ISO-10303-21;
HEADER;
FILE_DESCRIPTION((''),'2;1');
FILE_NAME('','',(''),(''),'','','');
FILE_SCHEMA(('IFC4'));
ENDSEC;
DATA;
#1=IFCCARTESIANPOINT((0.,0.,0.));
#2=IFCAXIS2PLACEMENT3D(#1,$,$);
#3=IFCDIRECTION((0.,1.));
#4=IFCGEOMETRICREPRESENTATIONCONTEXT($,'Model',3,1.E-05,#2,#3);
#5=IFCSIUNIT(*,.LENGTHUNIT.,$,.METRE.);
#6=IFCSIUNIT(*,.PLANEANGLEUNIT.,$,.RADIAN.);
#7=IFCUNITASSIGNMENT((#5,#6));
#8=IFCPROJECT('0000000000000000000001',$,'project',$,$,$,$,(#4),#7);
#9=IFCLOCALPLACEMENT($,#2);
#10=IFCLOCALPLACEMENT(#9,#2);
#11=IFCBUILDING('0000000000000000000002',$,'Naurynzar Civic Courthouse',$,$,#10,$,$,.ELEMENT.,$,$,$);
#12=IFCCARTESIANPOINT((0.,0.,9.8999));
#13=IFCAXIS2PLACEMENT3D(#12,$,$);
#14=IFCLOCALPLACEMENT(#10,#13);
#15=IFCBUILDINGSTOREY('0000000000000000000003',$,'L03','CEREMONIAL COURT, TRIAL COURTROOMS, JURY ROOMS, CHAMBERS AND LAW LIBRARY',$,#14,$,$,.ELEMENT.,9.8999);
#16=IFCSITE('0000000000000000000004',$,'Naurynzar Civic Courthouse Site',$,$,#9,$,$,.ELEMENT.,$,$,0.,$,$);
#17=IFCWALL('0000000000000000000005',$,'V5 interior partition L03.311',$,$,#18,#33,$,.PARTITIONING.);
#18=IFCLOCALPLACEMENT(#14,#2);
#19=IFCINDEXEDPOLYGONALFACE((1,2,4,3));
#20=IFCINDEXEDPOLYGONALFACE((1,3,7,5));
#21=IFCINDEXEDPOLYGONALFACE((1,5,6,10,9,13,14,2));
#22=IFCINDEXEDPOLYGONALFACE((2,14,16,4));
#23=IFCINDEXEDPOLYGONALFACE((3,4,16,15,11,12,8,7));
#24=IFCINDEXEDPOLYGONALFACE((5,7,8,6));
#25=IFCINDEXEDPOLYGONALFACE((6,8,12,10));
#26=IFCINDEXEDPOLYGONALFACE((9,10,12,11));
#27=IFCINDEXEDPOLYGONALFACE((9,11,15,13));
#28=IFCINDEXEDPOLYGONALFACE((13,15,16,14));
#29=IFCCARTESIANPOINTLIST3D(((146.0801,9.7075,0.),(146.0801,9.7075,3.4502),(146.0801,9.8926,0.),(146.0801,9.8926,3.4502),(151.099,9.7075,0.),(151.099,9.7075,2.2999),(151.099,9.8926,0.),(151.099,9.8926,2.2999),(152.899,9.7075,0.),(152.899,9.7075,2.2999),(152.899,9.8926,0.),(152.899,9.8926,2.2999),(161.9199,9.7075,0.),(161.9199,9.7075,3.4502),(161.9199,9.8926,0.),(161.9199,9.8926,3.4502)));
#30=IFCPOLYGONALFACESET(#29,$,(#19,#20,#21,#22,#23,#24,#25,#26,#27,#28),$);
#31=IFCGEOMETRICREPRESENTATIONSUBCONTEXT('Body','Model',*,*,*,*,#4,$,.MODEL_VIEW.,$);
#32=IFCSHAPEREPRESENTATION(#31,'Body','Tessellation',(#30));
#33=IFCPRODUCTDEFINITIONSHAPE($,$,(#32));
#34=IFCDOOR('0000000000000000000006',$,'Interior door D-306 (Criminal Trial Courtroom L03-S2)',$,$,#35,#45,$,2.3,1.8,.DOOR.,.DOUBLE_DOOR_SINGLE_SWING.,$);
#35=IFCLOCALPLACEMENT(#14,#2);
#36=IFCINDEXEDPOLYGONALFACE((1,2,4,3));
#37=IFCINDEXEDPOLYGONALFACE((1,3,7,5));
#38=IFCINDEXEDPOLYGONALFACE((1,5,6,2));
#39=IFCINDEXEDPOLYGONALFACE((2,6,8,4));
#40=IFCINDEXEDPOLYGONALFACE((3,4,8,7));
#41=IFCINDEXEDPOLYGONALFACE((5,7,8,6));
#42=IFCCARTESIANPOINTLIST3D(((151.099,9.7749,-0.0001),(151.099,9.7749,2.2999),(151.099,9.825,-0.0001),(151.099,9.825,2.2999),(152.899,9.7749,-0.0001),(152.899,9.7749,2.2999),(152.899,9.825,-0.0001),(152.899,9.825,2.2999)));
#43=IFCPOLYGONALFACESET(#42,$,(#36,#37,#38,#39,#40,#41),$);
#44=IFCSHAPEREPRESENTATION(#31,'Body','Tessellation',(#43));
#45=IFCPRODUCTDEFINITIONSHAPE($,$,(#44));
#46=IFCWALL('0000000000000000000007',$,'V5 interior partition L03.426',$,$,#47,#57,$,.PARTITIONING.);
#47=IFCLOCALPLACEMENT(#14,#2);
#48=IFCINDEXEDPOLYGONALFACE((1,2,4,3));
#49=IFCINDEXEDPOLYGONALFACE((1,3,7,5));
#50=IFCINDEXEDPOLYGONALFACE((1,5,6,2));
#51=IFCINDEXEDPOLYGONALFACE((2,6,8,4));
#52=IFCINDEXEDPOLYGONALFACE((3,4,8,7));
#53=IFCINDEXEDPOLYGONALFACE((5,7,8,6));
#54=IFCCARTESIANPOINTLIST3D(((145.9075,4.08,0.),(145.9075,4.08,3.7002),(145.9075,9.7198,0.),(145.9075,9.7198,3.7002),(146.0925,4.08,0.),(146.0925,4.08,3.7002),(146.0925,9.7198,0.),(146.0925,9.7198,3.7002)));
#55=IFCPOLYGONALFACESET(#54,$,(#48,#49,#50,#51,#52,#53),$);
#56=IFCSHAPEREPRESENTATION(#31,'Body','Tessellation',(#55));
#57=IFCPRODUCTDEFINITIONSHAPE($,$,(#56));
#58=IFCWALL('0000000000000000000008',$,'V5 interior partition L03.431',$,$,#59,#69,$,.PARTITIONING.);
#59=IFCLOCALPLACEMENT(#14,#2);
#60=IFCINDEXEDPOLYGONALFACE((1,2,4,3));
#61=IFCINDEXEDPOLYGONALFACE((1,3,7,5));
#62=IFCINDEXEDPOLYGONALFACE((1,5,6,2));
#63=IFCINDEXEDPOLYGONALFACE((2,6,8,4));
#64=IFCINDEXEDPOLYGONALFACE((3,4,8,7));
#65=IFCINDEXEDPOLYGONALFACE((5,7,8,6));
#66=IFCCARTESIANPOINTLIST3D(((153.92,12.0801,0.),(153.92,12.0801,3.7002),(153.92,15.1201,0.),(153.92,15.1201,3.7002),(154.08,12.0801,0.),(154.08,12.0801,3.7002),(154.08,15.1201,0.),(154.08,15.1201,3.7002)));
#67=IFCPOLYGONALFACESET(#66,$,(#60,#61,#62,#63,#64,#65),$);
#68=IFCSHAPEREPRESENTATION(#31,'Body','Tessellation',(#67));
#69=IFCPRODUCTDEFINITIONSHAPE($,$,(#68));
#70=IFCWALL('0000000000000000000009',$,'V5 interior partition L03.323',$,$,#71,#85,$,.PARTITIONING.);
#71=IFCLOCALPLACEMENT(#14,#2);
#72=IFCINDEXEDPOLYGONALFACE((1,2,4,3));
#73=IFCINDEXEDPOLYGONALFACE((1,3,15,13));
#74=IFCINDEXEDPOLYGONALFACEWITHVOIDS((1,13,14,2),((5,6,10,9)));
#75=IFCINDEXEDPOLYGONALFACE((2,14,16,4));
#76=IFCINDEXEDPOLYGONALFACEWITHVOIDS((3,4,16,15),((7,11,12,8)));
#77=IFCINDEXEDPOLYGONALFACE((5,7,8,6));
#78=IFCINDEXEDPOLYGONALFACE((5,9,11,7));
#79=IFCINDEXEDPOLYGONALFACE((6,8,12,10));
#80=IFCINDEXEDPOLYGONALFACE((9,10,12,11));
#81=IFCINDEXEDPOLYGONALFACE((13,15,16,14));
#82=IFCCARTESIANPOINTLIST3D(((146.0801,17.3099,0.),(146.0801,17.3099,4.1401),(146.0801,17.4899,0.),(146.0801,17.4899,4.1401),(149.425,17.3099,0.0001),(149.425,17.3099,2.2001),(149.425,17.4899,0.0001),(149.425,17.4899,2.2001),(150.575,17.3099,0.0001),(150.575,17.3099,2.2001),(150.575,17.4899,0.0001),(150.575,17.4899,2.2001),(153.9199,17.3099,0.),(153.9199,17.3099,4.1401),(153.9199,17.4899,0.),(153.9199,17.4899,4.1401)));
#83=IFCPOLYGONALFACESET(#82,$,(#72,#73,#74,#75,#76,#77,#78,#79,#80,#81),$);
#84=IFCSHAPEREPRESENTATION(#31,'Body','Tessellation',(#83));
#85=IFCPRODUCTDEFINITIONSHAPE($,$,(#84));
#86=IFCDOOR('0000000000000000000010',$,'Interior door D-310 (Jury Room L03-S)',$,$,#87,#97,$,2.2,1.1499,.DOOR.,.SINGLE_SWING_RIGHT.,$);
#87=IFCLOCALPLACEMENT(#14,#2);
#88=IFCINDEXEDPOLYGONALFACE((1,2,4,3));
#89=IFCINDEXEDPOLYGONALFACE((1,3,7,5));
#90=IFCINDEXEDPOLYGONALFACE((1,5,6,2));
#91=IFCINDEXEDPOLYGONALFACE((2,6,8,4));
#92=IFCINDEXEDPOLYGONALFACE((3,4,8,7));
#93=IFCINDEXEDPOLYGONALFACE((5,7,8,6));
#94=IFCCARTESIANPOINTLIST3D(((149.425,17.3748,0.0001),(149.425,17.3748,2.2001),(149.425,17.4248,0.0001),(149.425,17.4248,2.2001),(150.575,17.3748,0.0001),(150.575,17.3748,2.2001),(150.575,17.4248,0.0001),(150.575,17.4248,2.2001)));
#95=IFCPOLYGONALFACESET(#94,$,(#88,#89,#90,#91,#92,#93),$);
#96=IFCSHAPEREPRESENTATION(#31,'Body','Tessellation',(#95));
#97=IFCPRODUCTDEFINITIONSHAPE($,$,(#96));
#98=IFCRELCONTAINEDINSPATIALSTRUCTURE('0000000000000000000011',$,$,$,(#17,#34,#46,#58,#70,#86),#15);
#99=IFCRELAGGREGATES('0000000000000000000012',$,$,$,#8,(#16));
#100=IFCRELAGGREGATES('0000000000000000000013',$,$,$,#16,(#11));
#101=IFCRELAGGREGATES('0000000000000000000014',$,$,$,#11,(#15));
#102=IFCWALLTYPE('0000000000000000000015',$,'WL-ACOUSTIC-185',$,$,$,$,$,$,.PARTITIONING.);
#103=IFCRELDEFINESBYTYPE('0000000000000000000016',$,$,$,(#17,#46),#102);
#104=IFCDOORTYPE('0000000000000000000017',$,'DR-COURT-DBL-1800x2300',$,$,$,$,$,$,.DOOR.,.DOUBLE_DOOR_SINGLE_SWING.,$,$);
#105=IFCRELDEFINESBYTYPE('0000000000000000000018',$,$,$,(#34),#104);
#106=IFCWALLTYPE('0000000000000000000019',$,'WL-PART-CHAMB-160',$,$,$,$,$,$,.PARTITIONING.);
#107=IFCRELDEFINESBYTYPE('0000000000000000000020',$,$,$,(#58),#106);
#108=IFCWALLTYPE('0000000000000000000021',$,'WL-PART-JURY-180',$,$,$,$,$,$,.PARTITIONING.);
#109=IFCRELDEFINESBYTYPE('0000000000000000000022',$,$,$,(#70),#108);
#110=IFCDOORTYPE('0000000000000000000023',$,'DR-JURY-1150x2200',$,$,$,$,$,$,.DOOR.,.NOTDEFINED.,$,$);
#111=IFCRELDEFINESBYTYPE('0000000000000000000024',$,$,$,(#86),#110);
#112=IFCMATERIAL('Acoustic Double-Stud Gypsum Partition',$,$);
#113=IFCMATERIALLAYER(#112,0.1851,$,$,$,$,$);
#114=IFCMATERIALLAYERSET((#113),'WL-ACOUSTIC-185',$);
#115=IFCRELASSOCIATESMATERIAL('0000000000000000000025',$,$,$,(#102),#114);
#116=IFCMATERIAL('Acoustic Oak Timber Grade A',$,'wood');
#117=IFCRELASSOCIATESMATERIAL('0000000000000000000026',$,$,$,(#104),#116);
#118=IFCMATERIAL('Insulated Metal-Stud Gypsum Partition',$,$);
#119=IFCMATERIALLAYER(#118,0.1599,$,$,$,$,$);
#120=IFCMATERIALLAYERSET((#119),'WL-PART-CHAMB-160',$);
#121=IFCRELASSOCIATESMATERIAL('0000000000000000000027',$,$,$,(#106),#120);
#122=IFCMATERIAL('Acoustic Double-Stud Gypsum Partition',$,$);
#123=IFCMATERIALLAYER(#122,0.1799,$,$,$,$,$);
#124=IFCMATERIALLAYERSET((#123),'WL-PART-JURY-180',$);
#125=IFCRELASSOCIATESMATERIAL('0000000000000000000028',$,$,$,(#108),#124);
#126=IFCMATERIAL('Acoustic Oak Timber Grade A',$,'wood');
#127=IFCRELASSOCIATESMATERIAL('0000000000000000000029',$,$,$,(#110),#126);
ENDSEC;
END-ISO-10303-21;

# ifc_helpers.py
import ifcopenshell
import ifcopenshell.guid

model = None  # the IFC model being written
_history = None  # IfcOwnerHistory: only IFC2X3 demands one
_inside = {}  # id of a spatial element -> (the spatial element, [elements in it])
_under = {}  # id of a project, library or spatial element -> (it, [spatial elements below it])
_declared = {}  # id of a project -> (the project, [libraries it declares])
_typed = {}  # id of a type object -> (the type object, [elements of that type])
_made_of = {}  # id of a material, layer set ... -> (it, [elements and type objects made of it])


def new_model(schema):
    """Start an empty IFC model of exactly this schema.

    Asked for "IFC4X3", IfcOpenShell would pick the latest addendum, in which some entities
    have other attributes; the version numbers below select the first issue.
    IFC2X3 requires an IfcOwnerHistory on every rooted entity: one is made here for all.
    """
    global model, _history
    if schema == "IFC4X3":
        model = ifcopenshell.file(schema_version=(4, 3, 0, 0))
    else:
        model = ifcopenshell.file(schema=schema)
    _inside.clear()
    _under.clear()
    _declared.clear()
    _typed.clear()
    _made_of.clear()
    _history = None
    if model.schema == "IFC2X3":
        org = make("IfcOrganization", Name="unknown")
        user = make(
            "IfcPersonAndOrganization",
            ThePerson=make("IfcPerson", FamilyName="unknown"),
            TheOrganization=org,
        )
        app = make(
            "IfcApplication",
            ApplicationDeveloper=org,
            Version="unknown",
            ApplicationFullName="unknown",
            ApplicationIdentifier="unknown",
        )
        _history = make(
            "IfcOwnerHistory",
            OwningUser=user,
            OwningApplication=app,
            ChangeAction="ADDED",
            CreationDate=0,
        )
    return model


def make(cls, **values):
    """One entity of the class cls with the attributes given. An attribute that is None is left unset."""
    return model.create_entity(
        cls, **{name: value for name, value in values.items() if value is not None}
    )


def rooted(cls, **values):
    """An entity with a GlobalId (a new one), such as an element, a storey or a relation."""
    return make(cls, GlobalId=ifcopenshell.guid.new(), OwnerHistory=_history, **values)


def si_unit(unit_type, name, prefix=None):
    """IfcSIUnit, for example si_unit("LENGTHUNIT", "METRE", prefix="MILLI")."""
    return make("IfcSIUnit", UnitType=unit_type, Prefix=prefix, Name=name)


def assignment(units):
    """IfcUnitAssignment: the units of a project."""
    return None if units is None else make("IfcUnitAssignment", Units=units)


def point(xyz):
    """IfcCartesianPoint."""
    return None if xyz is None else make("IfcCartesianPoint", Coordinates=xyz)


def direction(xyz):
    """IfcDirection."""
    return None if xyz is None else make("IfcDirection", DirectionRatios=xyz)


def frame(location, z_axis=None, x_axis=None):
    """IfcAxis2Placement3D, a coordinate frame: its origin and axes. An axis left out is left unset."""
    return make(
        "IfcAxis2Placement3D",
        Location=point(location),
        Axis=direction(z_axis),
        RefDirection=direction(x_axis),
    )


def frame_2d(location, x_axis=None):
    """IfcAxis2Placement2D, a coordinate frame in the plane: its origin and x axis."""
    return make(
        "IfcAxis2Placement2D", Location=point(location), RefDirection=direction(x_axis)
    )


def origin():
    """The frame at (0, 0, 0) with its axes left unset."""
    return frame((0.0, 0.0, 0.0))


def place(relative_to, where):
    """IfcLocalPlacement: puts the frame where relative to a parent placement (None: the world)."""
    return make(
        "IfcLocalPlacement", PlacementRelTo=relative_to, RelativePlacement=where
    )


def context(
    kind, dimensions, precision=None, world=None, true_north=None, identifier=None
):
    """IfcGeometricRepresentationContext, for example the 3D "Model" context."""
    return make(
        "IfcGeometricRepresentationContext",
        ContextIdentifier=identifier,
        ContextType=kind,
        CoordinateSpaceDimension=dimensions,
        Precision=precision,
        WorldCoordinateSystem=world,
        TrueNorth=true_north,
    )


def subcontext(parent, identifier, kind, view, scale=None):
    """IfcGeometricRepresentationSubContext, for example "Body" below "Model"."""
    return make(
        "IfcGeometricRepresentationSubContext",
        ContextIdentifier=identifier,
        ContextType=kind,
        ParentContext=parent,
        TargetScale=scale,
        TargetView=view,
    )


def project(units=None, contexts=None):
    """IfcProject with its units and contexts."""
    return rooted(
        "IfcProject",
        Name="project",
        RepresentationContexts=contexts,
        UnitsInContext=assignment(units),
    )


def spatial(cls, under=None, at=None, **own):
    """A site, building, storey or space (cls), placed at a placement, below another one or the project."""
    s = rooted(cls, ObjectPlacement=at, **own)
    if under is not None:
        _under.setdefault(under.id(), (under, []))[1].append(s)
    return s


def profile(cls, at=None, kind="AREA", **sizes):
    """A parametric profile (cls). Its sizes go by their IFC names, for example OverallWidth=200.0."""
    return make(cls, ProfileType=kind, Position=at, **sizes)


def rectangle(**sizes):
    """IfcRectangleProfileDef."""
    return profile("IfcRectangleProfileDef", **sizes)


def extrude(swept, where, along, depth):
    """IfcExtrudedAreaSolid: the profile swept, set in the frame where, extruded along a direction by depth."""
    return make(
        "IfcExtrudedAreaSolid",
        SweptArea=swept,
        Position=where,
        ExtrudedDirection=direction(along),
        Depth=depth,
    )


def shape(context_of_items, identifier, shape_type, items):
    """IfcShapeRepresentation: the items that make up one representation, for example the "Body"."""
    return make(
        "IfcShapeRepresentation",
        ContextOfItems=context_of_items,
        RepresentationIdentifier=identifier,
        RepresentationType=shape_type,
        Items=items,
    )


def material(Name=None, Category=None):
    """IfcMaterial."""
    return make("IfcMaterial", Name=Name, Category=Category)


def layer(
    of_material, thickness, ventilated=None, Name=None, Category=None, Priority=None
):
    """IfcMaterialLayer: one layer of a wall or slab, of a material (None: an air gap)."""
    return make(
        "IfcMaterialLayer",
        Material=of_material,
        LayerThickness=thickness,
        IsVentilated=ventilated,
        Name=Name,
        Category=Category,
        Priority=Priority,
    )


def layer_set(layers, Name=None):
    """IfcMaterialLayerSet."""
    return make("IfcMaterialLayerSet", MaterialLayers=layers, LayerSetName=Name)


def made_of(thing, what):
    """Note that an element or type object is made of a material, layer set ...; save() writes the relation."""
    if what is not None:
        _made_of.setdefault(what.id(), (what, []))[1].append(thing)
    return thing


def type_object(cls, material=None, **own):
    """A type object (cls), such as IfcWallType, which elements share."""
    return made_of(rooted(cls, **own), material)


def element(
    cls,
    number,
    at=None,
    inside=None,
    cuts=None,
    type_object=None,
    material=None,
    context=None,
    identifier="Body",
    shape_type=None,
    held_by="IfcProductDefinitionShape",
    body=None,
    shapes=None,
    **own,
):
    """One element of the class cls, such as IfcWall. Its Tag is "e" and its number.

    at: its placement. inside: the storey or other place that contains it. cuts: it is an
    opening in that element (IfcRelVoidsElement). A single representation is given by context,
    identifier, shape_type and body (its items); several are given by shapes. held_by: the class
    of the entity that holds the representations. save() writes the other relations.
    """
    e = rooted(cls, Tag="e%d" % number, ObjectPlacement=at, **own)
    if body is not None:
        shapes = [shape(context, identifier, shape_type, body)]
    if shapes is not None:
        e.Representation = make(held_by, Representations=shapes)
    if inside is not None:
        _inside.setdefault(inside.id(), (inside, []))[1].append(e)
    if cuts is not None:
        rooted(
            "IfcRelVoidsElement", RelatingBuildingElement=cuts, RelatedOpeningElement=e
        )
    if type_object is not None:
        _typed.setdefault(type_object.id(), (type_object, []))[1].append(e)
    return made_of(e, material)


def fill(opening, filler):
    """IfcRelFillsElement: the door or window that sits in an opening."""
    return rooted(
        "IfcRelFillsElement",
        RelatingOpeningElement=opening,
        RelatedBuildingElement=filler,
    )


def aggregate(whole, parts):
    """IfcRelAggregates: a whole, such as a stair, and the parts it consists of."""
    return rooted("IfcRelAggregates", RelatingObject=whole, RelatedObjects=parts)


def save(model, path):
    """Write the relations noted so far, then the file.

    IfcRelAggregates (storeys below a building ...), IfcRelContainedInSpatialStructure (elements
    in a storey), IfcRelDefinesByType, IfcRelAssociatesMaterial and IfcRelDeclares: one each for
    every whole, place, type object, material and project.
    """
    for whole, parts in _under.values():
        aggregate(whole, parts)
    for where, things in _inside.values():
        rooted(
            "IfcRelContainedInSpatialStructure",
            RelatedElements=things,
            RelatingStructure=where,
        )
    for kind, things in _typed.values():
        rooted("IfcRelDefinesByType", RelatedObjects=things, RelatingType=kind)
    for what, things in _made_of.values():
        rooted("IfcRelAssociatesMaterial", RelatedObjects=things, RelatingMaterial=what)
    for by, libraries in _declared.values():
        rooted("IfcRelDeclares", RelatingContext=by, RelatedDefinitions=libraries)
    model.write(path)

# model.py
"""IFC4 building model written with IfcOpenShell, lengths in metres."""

from ifc_helpers import new_model, si_unit, direction, frame, frame_2d, origin, place, context, subcontext, project, spatial, rectangle, extrude, material, layer, layer_set, type_object, element, fill, save


model = new_model("IFC4")

# Units and contexts
model_context = context("Model", 3, precision=1e-05, world=origin(), true_north=direction((0.0, 1.0)))
body_context = subcontext(model_context, "Body", "Model", "MODEL_VIEW")
ifc_project = project(units=[si_unit("LENGTHUNIT", "METRE"), si_unit("PLANEANGLEUNIT", "RADIAN")], contexts=[model_context])

# Site, building, storey
site_placement = place(None, origin())
site = spatial("IfcSite", under=ifc_project, at=site_placement, Name="Naurynzar Civic Courthouse Site", CompositionType="ELEMENT", RefElevation=0.0)
building_placement = place(site_placement, origin())
building = spatial("IfcBuilding", under=site, at=building_placement, Name="Naurynzar Civic Courthouse", CompositionType="ELEMENT")
storey_placement = place(building_placement, frame((0.0, 0.0, 9.8999)))
storey = spatial("IfcBuildingStorey", under=building, at=storey_placement, Name="L03", Description="CEREMONIAL COURT, TRIAL COURTROOMS, JURY ROOMS, CHAMBERS AND LAW LIBRARY", CompositionType="ELEMENT", Elevation=9.8999)

# Wall, opening, door
ifc_material_1 = material(Name="Acoustic Double-Stud Gypsum Partition")
ifc_layer_1 = layer(ifc_material_1, 0.1851)
ifc_layer_set_1 = layer_set([ifc_layer_1], Name="WL-ACOUSTIC-185")
wall_type_1 = type_object("IfcWallType", Name="WL-ACOUSTIC-185", PredefinedType="PARTITIONING", material=ifc_layer_set_1)
wall_1_placement = place(storey_placement, frame((146.0801, 9.8, 0.0), z_axis=(0.0, 0.0, 1.0), x_axis=(1.0, 0.0, 0.0)))
wall_1 = element("IfcWall", 1, at=wall_1_placement, inside=storey, type_object=wall_type_1, Name="V5 interior partition L03.311", PredefinedType="PARTITIONING", context=body_context, shape_type="SweptSolid", body=[
    extrude(rectangle(XDim=15.8398, YDim=0.1851, at=frame_2d((7.9199, 0.0))), origin(), (0.0, 0.0, 1.0), 3.4502),
])
opening_1_placement = place(wall_1_placement, frame((5.019, 0.0, 0.0)))
opening_1 = element("IfcOpeningElement", 2, at=opening_1_placement, cuts=wall_1, PredefinedType="OPENING", context=body_context, shape_type="SweptSolid", body=[
    extrude(rectangle(XDim=1.8, YDim=2.3, at=frame_2d((0.8999, 1.1499))), frame((0.0, 0.1025, 0.0), z_axis=(0.0, -1.0, 0.0), x_axis=(1.0, 0.0, 0.0)), (0.0, 0.0, 1.0), 0.2051),
])
ifc_material_2 = material(Name="Acoustic Oak Timber Grade A", Category="wood")
door_type_1 = type_object("IfcDoorType", Name="DR-COURT-DBL-1800x2300", OperationType="DOUBLE_DOOR_SINGLE_SWING", PredefinedType="DOOR", material=ifc_material_2)
door_1_placement = place(opening_1_placement, origin())
door_1 = element("IfcDoor", 3, at=door_1_placement, inside=storey, type_object=door_type_1, Name="Interior door D-306 (Criminal Trial Courtroom L03-S2)", OperationType="DOUBLE_DOOR_SINGLE_SWING", OverallHeight=2.3, OverallWidth=1.8, PredefinedType="DOOR", context=body_context, shape_type="SweptSolid", body=[
    extrude(rectangle(XDim=1.8, YDim=2.3, at=frame_2d((0.8999, 1.1499))), frame((0.0, 0.0249, 0.0), z_axis=(0.0, -1.0, 0.0), x_axis=(1.0, 0.0, 0.0)), (0.0, 0.0, 1.0), 0.05),
])
fill(opening_1, door_1)

# Walls
wall_2_placement = place(storey_placement, frame((146.0, 4.0801, 0.0), z_axis=(0.0, 0.0, 1.0), x_axis=(0.0, 1.0, 0.0)))
element("IfcWall", 4, at=wall_2_placement, inside=storey, type_object=wall_type_1, Name="V5 interior partition L03.426", PredefinedType="PARTITIONING", context=body_context, shape_type="SweptSolid", body=[
    extrude(rectangle(XDim=5.6399, YDim=0.1851, at=frame_2d((2.8198, 0.0))), origin(), (0.0, 0.0, 1.0), 3.7002),
])
ifc_material_3 = material(Name="Insulated Metal-Stud Gypsum Partition")
ifc_layer_2 = layer(ifc_material_3, 0.1599)
ifc_layer_set_2 = layer_set([ifc_layer_2], Name="WL-PART-CHAMB-160")
wall_type_2 = type_object("IfcWallType", Name="WL-PART-CHAMB-160", PredefinedType="PARTITIONING", material=ifc_layer_set_2)
wall_3_placement = place(storey_placement, frame((154.0, 12.0801, 0.0), z_axis=(0.0, 0.0, 1.0), x_axis=(0.0, 1.0, 0.0)))
element("IfcWall", 5, at=wall_3_placement, inside=storey, type_object=wall_type_2, Name="V5 interior partition L03.431", PredefinedType="PARTITIONING", context=body_context, shape_type="SweptSolid", body=[
    extrude(rectangle(XDim=3.04, YDim=0.1599, at=frame_2d((1.52, 0.0))), origin(), (0.0, 0.0, 1.0), 3.7002),
])

# Wall, opening, door
ifc_material_4 = material(Name="Acoustic Double-Stud Gypsum Partition")
ifc_layer_3 = layer(ifc_material_4, 0.1799)
ifc_layer_set_3 = layer_set([ifc_layer_3], Name="WL-PART-JURY-180")
wall_type_3 = type_object("IfcWallType", Name="WL-PART-JURY-180", PredefinedType="PARTITIONING", material=ifc_layer_set_3)
wall_4_placement = place(storey_placement, frame((146.0801, 17.3999, 0.0), z_axis=(0.0, 0.0, 1.0), x_axis=(1.0, 0.0, 0.0)))
wall_4 = element("IfcWall", 6, at=wall_4_placement, inside=storey, type_object=wall_type_3, Name="V5 interior partition L03.323", PredefinedType="PARTITIONING", context=body_context, shape_type="SweptSolid", body=[
    extrude(rectangle(XDim=7.8398, YDim=0.1799, at=frame_2d((3.9199, 0.0))), origin(), (0.0, 0.0, 1.0), 4.1401),
])
opening_2_placement = place(wall_4_placement, frame((3.345, 0.0, 0.0)))
opening_2 = element("IfcOpeningElement", 7, at=opening_2_placement, cuts=wall_4, PredefinedType="OPENING", context=body_context, shape_type="SweptSolid", body=[
    extrude(rectangle(XDim=1.1499, YDim=2.2, at=frame_2d((0.575, 1.1001))), frame((0.0, 0.0999, 0.0), z_axis=(0.0, -1.0, 0.0), x_axis=(1.0, 0.0, 0.0)), (0.0, 0.0, 1.0), 0.2),
])
ifc_material_5 = material(Name="Acoustic Oak Timber Grade A", Category="wood")
door_type_2 = type_object("IfcDoorType", Name="DR-JURY-1150x2200", OperationType="NOTDEFINED", PredefinedType="DOOR", material=ifc_material_5)
door_2_placement = place(opening_2_placement, origin())
door_2 = element("IfcDoor", 8, at=door_2_placement, inside=storey, type_object=door_type_2, Name="Interior door D-310 (Jury Room L03-S)", OperationType="SINGLE_SWING_RIGHT", OverallHeight=2.2, OverallWidth=1.1499, PredefinedType="DOOR", context=body_context, shape_type="SweptSolid", body=[
    extrude(rectangle(XDim=1.1499, YDim=2.2, at=frame_2d((0.575, 1.1001))), frame((0.0, 0.0249, 0.0), z_axis=(0.0, -1.0, 0.0), x_axis=(1.0, 0.0, 0.0)), (0.0, 0.0, 1.0), 0.05),
])
fill(opening_2, door_2)

save(model, "model.ifc")
